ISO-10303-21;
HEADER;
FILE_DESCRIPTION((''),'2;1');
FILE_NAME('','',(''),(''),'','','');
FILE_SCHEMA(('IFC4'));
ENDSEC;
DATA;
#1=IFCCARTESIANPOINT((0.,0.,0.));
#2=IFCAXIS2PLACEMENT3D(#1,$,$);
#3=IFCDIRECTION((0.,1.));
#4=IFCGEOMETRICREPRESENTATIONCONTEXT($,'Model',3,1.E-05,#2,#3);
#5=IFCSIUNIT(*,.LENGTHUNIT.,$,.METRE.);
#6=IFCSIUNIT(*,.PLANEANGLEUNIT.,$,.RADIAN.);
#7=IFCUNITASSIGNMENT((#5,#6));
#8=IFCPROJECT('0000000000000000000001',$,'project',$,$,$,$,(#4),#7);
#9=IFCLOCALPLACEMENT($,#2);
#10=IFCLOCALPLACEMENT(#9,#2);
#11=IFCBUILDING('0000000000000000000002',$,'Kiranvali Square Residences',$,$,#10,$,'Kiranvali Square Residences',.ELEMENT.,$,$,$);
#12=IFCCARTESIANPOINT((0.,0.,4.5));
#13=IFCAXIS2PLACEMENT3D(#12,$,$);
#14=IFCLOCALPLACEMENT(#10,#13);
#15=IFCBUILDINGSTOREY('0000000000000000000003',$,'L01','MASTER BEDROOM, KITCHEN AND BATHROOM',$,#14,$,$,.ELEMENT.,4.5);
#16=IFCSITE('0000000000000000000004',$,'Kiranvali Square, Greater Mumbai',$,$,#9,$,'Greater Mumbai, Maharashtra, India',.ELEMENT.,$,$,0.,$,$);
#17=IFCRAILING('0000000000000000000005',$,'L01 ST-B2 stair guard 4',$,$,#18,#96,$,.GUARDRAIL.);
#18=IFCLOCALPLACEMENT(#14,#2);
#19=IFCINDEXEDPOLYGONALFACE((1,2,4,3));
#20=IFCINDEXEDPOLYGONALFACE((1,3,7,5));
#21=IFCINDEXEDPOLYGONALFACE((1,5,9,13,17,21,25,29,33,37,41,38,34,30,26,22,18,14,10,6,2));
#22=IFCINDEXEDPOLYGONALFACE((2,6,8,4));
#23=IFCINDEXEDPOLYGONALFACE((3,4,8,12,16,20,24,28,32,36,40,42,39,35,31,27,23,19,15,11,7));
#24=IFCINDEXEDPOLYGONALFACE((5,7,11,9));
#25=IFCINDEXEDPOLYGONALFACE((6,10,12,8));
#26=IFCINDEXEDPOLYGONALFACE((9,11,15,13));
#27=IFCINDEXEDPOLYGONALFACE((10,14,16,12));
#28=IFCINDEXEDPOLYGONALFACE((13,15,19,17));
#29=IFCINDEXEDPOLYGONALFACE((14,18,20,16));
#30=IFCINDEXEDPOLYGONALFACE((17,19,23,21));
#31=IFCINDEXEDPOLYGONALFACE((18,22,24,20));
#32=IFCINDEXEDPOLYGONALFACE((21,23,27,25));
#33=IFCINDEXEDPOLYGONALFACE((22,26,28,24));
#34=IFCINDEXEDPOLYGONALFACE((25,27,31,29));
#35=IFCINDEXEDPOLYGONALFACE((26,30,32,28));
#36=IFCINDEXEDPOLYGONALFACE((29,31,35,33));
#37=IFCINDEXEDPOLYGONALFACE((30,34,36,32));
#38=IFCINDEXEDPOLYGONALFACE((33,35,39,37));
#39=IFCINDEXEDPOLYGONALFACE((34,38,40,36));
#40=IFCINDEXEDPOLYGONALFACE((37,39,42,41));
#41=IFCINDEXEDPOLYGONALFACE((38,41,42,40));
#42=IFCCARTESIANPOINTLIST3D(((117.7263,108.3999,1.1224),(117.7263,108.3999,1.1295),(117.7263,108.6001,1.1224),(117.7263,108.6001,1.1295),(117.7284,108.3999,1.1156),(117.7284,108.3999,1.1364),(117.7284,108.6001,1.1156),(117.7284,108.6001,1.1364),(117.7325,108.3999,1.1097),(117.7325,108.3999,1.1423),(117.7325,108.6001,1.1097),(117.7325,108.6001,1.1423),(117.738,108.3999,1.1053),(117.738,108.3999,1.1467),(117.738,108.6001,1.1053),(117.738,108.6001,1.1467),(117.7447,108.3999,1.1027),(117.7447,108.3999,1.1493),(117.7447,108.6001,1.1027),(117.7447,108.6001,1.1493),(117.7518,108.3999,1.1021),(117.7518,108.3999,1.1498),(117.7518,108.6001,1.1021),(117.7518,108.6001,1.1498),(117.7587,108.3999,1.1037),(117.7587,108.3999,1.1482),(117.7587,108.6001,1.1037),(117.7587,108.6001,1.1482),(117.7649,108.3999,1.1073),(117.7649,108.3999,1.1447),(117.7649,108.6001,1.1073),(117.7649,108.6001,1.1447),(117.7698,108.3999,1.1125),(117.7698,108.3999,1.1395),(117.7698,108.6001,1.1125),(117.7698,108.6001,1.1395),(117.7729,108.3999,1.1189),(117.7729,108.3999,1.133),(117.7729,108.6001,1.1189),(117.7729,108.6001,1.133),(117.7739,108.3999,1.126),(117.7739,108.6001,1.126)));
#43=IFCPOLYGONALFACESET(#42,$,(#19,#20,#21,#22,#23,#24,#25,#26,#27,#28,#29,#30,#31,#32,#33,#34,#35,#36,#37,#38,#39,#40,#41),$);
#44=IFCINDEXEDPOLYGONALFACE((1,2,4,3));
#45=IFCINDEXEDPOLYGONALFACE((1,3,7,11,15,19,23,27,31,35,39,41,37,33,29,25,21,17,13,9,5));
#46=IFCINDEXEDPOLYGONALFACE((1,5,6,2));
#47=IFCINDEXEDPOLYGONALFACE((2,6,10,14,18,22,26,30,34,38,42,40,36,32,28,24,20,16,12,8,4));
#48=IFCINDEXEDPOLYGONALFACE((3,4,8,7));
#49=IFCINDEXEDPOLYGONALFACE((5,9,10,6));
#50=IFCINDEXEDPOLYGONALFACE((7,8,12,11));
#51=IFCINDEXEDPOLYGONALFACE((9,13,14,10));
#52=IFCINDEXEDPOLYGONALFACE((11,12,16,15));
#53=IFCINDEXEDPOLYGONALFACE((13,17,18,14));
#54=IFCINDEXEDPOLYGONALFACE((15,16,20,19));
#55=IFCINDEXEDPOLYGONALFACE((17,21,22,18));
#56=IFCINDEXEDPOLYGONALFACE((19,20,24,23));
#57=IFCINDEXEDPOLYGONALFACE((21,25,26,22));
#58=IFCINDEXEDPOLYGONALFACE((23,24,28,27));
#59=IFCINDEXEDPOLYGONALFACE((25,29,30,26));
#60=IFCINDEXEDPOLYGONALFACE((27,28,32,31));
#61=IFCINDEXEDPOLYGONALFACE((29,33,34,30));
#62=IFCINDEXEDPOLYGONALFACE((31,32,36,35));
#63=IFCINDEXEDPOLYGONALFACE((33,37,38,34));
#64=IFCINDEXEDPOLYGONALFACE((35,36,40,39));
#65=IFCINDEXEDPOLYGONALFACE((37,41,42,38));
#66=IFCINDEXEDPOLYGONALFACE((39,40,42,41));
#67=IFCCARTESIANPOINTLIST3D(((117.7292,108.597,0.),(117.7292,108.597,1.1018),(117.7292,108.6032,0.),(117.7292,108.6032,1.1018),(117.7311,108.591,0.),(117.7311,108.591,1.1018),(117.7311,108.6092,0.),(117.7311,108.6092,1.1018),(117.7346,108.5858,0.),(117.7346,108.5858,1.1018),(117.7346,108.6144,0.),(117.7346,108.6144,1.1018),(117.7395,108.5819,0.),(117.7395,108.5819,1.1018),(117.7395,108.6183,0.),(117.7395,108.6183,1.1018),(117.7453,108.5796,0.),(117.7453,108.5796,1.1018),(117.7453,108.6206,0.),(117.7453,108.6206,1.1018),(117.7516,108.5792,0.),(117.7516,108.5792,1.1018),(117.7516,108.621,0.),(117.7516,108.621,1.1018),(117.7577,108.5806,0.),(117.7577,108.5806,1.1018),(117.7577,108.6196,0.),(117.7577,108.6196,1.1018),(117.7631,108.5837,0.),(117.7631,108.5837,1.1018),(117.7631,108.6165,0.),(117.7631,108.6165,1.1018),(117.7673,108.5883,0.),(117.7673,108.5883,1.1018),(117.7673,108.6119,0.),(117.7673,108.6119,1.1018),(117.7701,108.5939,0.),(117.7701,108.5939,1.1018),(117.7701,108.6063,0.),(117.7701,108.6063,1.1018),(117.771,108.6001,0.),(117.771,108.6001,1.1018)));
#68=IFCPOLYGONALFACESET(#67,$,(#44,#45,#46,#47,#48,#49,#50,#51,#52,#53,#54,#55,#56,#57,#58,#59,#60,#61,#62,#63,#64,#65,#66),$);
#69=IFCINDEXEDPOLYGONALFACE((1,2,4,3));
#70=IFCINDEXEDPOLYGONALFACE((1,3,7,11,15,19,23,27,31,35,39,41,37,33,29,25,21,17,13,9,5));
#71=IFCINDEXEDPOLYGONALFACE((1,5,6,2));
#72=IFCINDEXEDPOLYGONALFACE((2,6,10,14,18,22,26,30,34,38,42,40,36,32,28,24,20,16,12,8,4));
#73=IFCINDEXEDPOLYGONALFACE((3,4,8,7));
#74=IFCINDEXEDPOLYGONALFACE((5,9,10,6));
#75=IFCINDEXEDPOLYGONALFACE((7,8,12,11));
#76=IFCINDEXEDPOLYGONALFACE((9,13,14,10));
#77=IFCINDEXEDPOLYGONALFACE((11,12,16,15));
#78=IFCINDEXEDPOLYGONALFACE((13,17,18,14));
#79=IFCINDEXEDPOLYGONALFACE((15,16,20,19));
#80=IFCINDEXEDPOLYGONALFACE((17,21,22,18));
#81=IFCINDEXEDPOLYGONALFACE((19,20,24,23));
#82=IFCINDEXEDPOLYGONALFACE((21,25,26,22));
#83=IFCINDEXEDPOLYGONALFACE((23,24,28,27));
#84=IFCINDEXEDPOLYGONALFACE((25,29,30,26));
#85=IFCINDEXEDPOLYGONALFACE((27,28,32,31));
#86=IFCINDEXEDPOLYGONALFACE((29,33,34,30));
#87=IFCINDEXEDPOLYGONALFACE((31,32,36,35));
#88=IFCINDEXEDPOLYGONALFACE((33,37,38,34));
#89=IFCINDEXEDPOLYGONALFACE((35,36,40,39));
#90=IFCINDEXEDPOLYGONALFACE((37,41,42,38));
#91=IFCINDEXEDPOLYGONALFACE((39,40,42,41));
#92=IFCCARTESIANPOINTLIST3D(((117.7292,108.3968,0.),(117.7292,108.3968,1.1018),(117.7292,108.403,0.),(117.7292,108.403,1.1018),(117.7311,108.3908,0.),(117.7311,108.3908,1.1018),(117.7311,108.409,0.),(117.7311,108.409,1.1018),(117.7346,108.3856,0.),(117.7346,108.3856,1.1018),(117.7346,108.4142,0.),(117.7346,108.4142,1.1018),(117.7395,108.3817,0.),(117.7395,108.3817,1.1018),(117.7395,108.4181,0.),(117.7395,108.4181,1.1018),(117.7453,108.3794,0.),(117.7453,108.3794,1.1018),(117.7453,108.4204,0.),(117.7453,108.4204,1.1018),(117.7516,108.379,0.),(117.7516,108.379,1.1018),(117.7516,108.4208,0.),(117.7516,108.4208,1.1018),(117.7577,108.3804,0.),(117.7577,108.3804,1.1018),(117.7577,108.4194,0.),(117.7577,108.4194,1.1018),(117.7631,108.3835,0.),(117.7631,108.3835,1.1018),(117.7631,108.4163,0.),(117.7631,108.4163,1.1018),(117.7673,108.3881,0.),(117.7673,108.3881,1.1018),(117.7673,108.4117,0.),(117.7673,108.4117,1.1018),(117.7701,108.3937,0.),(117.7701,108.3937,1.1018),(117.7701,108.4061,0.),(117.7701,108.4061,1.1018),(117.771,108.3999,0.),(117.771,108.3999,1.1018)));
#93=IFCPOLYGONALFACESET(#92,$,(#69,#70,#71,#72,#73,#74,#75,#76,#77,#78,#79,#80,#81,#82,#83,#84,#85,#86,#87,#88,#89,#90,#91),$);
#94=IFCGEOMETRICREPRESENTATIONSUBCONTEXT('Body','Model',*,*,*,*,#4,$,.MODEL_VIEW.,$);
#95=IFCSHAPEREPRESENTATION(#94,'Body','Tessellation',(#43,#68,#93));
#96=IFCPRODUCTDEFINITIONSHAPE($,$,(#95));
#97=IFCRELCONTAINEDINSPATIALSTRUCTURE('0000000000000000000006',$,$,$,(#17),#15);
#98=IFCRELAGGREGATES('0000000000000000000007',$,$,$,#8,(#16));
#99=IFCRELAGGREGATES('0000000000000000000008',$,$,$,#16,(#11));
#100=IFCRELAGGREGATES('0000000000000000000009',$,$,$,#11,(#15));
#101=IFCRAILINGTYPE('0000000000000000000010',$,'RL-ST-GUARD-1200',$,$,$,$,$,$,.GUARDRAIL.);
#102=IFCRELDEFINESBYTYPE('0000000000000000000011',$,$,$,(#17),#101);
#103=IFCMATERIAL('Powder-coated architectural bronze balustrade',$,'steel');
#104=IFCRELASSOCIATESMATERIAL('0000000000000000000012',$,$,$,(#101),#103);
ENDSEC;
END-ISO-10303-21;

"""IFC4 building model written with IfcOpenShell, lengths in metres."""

from ifc_helpers import new_model, si_unit, direction, frame, origin, origin_2d, place, context, subcontext, project, spatial, circle, extrude, material, type_object, element, save


model = new_model("IFC4")

# Units and contexts
model_context = context("Model", 3, precision=1e-05, world=origin(), true_north=direction((0.0, 1.0)))
body_context = subcontext(model_context, "Body", "Model", "MODEL_VIEW")
ifc_project = project(units=[si_unit("LENGTHUNIT", "METRE"), si_unit("PLANEANGLEUNIT", "RADIAN")], contexts=[model_context])

# Site, building, storey
site_placement = place(None, origin())
site = spatial("IfcSite", under=ifc_project, at=site_placement, Name="Kiranvali Square, Greater Mumbai", LongName="Greater Mumbai, Maharashtra, India", CompositionType="ELEMENT", RefElevation=0.0)
building_placement = place(site_placement, origin())
building = spatial("IfcBuilding", under=site, at=building_placement, Name="Kiranvali Square Residences", LongName="Kiranvali Square Residences", CompositionType="ELEMENT")
storey_placement = place(building_placement, frame((0.0, 0.0, 4.5)))
storey = spatial("IfcBuildingStorey", under=building, at=storey_placement, Name="L01", Description="MASTER BEDROOM, KITCHEN AND BATHROOM", CompositionType="ELEMENT", Elevation=4.5)

# Railing
ifc_material_1 = material(Name="Powder-coated architectural bronze balustrade", Category="steel")
railing_type_1 = type_object("IfcRailingType", Name="RL-ST-GUARD-1200", PredefinedType="GUARDRAIL", material=ifc_material_1)
railing_1_placement = place(storey_placement, frame((117.75, 108.6001, 0.0)))
element("IfcRailing", 1, at=railing_1_placement, inside=storey, type_object=railing_type_1, Name="L01 ST-B2 stair guard 4", PredefinedType="GUARDRAIL", context=body_context, shape_type="SweptSolid", body=[
    extrude(circle(Radius=0.0239, at=origin_2d()), frame((0.0, 0.0, 1.126), z_axis=(0.0, -1.0, 0.0), x_axis=(1.0, 0.0, 0.0)), (0.0, 0.0, 1.0), 0.2002),
    extrude(circle(Radius=0.021, at=origin_2d()), origin(), (0.0, 0.0, 1.0), 1.1018),
    extrude(circle(Radius=0.021, at=origin_2d()), frame((0.0, -0.2002, 0.0)), (0.0, 0.0, 1.0), 1.1018),
])

save(model, "model.ifc")
